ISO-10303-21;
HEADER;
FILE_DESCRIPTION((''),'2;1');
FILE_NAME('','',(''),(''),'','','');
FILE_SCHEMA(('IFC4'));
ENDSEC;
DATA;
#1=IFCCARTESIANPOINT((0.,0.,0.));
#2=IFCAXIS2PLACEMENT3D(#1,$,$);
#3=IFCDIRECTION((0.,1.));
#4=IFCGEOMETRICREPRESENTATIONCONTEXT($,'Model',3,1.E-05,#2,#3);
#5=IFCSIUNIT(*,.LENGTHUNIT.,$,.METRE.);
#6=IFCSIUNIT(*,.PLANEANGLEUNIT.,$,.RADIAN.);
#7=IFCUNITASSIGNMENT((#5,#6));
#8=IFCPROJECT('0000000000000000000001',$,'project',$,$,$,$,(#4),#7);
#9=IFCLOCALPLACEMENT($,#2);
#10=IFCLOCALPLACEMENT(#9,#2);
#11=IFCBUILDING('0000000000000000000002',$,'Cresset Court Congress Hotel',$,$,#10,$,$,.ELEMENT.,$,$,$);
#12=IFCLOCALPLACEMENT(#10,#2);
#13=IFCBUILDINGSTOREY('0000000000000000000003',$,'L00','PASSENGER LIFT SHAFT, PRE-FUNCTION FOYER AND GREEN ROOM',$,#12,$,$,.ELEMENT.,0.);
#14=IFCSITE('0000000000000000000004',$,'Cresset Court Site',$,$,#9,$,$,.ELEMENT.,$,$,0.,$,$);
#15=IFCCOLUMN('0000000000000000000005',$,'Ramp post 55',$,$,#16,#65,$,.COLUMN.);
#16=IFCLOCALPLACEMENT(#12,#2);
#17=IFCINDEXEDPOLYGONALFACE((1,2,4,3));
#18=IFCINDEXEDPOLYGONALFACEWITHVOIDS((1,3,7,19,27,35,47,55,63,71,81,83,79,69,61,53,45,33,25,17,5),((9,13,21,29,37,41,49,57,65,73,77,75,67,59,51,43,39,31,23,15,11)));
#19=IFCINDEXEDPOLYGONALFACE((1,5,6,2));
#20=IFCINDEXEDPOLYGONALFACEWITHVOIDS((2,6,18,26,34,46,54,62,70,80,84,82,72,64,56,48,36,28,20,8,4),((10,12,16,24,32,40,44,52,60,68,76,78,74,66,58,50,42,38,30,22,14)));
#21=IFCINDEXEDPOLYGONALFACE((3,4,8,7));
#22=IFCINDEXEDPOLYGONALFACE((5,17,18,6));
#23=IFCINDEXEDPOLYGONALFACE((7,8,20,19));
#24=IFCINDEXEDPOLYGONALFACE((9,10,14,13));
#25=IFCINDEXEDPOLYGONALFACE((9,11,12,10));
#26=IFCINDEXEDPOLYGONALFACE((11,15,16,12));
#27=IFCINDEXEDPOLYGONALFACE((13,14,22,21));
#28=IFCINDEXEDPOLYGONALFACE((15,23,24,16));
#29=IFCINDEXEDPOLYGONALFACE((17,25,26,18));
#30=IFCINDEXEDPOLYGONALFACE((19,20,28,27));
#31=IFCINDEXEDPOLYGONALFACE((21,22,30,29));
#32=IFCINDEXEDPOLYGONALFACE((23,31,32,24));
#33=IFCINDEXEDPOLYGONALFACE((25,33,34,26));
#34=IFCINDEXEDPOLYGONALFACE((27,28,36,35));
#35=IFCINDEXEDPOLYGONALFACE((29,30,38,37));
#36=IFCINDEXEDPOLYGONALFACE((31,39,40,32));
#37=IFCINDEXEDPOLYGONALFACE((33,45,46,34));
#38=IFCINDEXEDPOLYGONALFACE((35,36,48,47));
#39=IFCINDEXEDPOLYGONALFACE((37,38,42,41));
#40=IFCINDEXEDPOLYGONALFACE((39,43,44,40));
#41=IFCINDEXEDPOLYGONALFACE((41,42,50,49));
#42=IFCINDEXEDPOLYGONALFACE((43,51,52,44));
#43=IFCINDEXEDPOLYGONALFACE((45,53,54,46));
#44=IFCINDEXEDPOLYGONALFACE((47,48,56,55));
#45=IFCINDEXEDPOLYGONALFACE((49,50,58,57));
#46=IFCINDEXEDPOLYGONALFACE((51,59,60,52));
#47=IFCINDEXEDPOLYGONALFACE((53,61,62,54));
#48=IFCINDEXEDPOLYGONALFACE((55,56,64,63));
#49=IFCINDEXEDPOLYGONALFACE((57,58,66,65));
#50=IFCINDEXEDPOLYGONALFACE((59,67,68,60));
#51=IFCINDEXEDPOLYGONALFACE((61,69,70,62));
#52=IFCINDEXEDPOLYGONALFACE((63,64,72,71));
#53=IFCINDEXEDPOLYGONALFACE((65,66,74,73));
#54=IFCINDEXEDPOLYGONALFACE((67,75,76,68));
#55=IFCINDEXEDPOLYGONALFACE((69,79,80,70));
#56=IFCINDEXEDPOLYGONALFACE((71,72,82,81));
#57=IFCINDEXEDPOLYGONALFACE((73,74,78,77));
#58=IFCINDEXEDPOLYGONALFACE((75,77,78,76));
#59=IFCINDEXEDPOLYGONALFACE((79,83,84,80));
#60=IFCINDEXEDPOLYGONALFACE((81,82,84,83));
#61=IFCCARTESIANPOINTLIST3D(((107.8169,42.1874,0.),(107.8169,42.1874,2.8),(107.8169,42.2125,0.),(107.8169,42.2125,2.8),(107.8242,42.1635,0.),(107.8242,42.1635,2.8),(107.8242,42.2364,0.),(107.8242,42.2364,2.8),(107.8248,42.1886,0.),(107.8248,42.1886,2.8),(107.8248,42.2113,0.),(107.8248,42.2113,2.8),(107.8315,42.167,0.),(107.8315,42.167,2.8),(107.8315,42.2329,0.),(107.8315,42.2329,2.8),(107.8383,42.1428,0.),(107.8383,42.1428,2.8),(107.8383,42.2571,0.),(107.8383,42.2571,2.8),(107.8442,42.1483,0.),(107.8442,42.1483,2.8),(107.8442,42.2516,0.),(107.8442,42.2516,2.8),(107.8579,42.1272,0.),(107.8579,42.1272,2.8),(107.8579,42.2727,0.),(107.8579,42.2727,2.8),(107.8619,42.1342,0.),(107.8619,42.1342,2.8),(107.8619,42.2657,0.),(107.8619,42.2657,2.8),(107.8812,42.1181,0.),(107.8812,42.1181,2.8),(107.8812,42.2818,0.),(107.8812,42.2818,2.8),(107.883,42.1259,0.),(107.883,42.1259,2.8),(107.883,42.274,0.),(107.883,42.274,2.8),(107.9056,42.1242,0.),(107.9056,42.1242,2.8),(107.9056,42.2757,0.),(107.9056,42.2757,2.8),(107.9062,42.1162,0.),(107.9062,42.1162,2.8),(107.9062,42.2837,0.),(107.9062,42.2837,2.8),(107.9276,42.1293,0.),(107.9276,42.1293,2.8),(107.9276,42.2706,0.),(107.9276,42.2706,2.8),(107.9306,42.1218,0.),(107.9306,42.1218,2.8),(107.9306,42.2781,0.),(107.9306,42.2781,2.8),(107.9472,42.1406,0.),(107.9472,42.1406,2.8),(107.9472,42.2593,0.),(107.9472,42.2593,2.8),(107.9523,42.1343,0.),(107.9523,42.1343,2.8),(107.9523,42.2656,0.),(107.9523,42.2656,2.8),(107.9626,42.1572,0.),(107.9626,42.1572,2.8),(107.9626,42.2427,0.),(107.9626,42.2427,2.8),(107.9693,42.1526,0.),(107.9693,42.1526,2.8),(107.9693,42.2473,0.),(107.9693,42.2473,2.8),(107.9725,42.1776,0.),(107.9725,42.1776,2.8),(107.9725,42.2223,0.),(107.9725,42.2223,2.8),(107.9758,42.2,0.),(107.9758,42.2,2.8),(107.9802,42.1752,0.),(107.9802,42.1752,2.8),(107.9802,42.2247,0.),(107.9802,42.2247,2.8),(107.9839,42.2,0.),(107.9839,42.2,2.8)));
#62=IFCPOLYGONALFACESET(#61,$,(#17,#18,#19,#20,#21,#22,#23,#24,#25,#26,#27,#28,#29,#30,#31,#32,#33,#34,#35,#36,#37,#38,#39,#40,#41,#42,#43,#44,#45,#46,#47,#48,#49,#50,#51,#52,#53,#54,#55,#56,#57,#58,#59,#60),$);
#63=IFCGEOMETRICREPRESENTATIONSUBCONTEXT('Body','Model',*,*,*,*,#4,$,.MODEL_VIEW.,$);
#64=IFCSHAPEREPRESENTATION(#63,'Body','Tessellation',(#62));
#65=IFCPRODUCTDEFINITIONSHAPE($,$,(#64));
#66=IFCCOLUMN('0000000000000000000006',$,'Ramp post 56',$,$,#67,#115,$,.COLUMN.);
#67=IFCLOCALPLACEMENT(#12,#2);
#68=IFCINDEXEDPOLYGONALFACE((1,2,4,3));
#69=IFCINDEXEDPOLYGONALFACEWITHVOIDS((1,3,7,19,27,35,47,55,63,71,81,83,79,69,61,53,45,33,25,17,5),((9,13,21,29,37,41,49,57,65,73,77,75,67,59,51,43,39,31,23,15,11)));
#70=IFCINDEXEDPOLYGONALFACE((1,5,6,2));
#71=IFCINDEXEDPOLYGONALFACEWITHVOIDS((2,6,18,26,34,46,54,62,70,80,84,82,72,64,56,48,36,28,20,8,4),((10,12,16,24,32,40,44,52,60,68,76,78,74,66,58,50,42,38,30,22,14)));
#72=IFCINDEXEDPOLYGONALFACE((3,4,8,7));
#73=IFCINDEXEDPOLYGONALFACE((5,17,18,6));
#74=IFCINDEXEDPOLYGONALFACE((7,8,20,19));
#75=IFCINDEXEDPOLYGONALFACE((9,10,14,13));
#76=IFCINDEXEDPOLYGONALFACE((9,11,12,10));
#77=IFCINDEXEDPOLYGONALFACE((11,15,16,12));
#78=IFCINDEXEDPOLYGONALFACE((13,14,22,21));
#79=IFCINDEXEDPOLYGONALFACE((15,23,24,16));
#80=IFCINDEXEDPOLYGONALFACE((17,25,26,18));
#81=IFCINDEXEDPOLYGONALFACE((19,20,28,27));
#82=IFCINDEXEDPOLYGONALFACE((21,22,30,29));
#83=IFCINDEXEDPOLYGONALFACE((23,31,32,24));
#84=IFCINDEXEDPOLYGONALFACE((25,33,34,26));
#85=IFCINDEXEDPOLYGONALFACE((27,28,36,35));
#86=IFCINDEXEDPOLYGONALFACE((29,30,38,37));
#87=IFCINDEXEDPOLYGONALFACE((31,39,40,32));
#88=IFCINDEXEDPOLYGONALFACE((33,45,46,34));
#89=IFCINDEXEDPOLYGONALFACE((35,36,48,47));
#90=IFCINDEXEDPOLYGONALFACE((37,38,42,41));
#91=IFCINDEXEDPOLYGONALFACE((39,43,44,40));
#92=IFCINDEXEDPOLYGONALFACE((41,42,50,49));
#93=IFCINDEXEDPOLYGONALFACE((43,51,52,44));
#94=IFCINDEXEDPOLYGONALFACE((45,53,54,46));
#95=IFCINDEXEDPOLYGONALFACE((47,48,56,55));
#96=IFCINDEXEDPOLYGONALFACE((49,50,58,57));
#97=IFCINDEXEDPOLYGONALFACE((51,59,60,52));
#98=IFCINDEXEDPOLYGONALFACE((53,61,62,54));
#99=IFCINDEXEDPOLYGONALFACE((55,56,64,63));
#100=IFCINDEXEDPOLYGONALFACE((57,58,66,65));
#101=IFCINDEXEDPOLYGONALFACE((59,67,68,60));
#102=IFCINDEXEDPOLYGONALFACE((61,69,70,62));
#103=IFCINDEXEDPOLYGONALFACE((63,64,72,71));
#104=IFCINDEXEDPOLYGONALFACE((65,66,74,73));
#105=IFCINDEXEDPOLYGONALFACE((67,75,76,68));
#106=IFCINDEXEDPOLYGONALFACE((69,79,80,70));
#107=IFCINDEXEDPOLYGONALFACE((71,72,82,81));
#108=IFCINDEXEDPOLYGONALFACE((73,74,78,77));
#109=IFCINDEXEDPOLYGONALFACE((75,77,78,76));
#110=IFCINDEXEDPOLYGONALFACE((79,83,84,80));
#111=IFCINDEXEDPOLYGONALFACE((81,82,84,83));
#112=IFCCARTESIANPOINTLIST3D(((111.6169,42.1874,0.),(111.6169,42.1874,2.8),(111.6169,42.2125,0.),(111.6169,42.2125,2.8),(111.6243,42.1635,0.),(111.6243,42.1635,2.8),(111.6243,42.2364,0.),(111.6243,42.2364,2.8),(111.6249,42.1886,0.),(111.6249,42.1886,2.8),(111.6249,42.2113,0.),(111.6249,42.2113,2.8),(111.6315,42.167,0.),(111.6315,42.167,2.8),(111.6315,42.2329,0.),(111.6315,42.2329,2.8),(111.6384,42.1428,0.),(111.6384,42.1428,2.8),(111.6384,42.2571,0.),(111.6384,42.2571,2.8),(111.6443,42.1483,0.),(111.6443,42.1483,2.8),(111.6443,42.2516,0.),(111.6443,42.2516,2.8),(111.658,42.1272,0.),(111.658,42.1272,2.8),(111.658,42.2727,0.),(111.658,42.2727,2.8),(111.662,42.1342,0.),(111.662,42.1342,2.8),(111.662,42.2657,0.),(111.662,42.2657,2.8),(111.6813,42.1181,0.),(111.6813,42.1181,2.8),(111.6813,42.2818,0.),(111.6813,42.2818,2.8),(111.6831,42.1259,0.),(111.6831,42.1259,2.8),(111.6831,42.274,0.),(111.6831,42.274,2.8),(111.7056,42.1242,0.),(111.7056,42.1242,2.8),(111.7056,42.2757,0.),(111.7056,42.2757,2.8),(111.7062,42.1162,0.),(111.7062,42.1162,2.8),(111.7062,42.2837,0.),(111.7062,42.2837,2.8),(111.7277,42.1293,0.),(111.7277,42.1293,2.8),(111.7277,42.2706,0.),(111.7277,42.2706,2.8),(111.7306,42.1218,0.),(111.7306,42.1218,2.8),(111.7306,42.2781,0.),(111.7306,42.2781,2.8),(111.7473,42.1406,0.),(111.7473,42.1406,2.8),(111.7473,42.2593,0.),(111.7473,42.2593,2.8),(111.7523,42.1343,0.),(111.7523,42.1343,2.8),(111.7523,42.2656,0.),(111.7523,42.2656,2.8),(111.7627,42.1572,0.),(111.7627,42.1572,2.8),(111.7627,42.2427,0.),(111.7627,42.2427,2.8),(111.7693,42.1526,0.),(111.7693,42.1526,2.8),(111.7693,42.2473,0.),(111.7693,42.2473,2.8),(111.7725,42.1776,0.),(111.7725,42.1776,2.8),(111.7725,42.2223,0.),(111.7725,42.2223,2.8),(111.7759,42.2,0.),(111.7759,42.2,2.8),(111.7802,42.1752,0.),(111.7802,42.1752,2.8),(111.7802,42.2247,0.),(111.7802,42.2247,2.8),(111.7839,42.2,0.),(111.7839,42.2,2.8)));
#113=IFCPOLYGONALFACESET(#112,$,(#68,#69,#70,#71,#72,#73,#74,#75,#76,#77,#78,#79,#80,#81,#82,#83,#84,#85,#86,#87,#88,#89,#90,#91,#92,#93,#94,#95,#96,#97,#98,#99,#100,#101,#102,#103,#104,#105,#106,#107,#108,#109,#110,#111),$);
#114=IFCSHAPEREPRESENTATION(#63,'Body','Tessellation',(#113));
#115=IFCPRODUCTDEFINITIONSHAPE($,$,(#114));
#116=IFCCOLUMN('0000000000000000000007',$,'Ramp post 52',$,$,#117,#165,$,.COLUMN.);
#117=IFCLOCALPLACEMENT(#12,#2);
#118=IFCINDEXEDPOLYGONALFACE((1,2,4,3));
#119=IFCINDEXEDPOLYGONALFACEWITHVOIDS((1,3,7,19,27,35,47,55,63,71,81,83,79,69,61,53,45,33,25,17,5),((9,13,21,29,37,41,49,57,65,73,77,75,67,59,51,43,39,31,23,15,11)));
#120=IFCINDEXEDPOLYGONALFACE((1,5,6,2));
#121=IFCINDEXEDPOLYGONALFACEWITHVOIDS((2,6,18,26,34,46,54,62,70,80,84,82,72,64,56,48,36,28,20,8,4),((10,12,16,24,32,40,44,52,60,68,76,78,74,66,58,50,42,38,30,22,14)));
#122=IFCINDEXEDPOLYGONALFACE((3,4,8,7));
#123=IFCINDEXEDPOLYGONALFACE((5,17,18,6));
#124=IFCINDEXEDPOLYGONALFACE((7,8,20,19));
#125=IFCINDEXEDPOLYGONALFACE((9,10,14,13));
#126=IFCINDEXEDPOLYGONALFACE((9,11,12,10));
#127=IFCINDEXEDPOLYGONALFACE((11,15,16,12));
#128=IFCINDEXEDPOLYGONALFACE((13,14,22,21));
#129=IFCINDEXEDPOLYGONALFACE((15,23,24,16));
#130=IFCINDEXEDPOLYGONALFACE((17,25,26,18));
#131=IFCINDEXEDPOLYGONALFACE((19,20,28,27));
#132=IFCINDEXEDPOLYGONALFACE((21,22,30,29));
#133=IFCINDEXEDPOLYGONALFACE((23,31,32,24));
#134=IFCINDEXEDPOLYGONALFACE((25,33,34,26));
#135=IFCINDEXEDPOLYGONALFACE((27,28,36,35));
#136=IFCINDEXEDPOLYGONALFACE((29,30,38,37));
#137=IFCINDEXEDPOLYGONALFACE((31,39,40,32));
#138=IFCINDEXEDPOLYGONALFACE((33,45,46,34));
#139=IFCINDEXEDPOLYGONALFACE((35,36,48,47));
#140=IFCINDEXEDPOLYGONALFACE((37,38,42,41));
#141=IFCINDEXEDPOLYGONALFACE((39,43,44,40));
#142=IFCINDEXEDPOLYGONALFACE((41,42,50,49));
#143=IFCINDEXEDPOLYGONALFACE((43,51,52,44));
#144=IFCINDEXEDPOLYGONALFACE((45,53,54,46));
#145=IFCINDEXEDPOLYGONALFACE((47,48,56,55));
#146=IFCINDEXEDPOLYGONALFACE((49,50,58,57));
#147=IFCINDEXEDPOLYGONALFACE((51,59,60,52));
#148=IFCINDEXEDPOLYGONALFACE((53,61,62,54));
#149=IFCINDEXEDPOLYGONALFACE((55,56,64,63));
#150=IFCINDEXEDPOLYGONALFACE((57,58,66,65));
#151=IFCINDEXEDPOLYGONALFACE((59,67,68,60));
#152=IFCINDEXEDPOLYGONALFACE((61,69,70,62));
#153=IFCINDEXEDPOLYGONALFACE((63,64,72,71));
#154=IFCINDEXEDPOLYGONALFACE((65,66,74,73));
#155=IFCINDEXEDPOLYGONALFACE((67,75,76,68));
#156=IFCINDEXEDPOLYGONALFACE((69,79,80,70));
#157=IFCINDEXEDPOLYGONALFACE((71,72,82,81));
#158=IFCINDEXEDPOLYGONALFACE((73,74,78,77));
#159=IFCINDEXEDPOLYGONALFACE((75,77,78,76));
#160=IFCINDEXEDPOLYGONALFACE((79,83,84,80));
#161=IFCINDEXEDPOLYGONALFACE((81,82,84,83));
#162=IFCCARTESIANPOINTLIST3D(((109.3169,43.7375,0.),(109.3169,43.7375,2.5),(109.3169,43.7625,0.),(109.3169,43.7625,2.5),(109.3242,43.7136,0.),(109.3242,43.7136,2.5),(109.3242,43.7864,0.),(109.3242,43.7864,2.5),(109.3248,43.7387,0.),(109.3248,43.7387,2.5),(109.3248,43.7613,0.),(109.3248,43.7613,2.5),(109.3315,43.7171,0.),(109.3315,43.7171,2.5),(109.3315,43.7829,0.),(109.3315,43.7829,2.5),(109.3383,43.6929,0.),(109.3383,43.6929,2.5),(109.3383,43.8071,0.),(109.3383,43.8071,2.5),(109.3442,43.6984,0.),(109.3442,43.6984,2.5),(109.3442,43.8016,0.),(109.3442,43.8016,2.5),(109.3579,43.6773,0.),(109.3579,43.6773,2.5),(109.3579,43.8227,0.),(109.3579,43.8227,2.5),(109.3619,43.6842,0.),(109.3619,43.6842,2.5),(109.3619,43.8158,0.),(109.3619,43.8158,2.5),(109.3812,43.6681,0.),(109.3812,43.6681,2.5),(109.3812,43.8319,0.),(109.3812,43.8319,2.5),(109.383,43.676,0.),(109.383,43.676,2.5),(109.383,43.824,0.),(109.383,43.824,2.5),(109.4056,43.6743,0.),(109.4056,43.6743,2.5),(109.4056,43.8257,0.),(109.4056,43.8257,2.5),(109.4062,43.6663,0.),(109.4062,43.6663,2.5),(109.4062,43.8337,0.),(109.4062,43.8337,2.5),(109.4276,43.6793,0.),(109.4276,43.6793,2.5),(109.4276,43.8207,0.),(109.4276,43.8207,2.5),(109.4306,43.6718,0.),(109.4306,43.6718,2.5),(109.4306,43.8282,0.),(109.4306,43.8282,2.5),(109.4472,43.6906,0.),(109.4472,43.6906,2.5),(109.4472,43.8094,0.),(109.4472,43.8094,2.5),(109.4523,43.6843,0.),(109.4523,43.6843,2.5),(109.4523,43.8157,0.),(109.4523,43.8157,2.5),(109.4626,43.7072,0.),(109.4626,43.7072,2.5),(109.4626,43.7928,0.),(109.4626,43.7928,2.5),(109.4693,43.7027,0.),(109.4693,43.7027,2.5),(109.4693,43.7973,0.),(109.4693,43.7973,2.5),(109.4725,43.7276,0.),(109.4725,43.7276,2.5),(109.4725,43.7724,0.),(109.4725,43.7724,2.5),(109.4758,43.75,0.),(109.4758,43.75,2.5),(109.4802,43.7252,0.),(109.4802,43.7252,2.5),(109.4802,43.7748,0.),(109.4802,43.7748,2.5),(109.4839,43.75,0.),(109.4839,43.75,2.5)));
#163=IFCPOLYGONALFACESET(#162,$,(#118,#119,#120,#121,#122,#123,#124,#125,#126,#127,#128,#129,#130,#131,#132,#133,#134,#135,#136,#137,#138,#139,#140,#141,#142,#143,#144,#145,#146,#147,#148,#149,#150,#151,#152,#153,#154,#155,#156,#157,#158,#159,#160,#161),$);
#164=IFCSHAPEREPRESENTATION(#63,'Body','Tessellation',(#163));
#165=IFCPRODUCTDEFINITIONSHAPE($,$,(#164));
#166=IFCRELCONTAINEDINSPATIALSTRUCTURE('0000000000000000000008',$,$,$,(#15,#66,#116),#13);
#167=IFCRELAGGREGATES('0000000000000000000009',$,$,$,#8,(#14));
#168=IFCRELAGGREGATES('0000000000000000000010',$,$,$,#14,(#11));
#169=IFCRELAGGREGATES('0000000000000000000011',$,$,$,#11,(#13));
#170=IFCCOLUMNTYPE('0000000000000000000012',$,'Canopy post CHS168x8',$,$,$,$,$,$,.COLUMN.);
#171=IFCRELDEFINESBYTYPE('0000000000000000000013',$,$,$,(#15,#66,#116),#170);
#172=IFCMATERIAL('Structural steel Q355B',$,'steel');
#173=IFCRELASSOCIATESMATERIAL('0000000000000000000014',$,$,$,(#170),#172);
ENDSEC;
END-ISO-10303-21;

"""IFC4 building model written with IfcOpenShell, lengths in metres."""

from ifc_helpers import new_model, si_unit, direction, frame, origin, origin_2d, place, context, subcontext, project, spatial, hollow_circle, extrude, material, material_profile, profile_set, type_object, element, save


model = new_model("IFC4")

# Units and contexts
model_context = context("Model", 3, precision=1e-05, world=origin(), true_north=direction((0.0, 1.0)))
body_context = subcontext(model_context, "Body", "Model", "MODEL_VIEW")
ifc_project = project(units=[si_unit("LENGTHUNIT", "METRE"), si_unit("PLANEANGLEUNIT", "RADIAN")], contexts=[model_context])

# Site, building, storey
site_placement = place(None, origin())
site = spatial("IfcSite", under=ifc_project, at=site_placement, Name="Cresset Court Site", CompositionType="ELEMENT", RefElevation=0.0)
building_placement = place(site_placement, origin())
building = spatial("IfcBuilding", under=site, at=building_placement, Name="Cresset Court Congress Hotel", CompositionType="ELEMENT")
storey_placement = place(building_placement, origin())
storey = spatial("IfcBuildingStorey", under=building, at=storey_placement, Name="L00", Description="PASSENGER LIFT SHAFT, PRE-FUNCTION FOYER AND GREEN ROOM", CompositionType="ELEMENT", Elevation=0.0)

# Columns
ifc_material_1 = material(Name="Structural steel Q355B", Category="steel")
ifc_material_profile_1 = material_profile(ifc_material_1, hollow_circle(Radius=0.084, WallThickness=0.0081, at=origin_2d()), Name="CHS168x8")
ifc_profile_set_1 = profile_set([ifc_material_profile_1], Name="Structural steel Q355B")
column_type = type_object("IfcColumnType", Name="Canopy post CHS168x8", PredefinedType="COLUMN", material=ifc_profile_set_1)
for number, where, z_axis, x_axis, name in (
    (1, (107.8999, 42.2, 0.0), (0.0, 0.0, 1.0), (1.0, 0.0, 0.0), "Ramp post 55"),
    (2, (111.7, 42.2, 0.0), (0.0, 0.0, 1.0), (1.0, 0.0, 0.0), "Ramp post 56"),
):
    element("IfcColumn", number, at=place(storey_placement, frame(where, z_axis=z_axis, x_axis=x_axis)), inside=storey, type_object=column_type, Name=name, PredefinedType="COLUMN", context=body_context, shape_type="SweptSolid", body=[
        extrude(hollow_circle(Radius=0.084, WallThickness=0.0081, at=origin_2d()), origin(), (0.0, 0.0, 1.0), 2.8),
    ])
for number, where, z_axis, x_axis, name in (
    (3, (109.3999, 43.75, 0.0), (0.0, 0.0, 1.0), (1.0, 0.0, 0.0), "Ramp post 52"),
):
    element("IfcColumn", number, at=place(storey_placement, frame(where, z_axis=z_axis, x_axis=x_axis)), inside=storey, type_object=column_type, Name=name, PredefinedType="COLUMN", context=body_context, shape_type="SweptSolid", body=[
        extrude(hollow_circle(Radius=0.084, WallThickness=0.0081, at=origin_2d()), origin(), (0.0, 0.0, 1.0), 2.5),
    ])

save(model, "model.ifc")
